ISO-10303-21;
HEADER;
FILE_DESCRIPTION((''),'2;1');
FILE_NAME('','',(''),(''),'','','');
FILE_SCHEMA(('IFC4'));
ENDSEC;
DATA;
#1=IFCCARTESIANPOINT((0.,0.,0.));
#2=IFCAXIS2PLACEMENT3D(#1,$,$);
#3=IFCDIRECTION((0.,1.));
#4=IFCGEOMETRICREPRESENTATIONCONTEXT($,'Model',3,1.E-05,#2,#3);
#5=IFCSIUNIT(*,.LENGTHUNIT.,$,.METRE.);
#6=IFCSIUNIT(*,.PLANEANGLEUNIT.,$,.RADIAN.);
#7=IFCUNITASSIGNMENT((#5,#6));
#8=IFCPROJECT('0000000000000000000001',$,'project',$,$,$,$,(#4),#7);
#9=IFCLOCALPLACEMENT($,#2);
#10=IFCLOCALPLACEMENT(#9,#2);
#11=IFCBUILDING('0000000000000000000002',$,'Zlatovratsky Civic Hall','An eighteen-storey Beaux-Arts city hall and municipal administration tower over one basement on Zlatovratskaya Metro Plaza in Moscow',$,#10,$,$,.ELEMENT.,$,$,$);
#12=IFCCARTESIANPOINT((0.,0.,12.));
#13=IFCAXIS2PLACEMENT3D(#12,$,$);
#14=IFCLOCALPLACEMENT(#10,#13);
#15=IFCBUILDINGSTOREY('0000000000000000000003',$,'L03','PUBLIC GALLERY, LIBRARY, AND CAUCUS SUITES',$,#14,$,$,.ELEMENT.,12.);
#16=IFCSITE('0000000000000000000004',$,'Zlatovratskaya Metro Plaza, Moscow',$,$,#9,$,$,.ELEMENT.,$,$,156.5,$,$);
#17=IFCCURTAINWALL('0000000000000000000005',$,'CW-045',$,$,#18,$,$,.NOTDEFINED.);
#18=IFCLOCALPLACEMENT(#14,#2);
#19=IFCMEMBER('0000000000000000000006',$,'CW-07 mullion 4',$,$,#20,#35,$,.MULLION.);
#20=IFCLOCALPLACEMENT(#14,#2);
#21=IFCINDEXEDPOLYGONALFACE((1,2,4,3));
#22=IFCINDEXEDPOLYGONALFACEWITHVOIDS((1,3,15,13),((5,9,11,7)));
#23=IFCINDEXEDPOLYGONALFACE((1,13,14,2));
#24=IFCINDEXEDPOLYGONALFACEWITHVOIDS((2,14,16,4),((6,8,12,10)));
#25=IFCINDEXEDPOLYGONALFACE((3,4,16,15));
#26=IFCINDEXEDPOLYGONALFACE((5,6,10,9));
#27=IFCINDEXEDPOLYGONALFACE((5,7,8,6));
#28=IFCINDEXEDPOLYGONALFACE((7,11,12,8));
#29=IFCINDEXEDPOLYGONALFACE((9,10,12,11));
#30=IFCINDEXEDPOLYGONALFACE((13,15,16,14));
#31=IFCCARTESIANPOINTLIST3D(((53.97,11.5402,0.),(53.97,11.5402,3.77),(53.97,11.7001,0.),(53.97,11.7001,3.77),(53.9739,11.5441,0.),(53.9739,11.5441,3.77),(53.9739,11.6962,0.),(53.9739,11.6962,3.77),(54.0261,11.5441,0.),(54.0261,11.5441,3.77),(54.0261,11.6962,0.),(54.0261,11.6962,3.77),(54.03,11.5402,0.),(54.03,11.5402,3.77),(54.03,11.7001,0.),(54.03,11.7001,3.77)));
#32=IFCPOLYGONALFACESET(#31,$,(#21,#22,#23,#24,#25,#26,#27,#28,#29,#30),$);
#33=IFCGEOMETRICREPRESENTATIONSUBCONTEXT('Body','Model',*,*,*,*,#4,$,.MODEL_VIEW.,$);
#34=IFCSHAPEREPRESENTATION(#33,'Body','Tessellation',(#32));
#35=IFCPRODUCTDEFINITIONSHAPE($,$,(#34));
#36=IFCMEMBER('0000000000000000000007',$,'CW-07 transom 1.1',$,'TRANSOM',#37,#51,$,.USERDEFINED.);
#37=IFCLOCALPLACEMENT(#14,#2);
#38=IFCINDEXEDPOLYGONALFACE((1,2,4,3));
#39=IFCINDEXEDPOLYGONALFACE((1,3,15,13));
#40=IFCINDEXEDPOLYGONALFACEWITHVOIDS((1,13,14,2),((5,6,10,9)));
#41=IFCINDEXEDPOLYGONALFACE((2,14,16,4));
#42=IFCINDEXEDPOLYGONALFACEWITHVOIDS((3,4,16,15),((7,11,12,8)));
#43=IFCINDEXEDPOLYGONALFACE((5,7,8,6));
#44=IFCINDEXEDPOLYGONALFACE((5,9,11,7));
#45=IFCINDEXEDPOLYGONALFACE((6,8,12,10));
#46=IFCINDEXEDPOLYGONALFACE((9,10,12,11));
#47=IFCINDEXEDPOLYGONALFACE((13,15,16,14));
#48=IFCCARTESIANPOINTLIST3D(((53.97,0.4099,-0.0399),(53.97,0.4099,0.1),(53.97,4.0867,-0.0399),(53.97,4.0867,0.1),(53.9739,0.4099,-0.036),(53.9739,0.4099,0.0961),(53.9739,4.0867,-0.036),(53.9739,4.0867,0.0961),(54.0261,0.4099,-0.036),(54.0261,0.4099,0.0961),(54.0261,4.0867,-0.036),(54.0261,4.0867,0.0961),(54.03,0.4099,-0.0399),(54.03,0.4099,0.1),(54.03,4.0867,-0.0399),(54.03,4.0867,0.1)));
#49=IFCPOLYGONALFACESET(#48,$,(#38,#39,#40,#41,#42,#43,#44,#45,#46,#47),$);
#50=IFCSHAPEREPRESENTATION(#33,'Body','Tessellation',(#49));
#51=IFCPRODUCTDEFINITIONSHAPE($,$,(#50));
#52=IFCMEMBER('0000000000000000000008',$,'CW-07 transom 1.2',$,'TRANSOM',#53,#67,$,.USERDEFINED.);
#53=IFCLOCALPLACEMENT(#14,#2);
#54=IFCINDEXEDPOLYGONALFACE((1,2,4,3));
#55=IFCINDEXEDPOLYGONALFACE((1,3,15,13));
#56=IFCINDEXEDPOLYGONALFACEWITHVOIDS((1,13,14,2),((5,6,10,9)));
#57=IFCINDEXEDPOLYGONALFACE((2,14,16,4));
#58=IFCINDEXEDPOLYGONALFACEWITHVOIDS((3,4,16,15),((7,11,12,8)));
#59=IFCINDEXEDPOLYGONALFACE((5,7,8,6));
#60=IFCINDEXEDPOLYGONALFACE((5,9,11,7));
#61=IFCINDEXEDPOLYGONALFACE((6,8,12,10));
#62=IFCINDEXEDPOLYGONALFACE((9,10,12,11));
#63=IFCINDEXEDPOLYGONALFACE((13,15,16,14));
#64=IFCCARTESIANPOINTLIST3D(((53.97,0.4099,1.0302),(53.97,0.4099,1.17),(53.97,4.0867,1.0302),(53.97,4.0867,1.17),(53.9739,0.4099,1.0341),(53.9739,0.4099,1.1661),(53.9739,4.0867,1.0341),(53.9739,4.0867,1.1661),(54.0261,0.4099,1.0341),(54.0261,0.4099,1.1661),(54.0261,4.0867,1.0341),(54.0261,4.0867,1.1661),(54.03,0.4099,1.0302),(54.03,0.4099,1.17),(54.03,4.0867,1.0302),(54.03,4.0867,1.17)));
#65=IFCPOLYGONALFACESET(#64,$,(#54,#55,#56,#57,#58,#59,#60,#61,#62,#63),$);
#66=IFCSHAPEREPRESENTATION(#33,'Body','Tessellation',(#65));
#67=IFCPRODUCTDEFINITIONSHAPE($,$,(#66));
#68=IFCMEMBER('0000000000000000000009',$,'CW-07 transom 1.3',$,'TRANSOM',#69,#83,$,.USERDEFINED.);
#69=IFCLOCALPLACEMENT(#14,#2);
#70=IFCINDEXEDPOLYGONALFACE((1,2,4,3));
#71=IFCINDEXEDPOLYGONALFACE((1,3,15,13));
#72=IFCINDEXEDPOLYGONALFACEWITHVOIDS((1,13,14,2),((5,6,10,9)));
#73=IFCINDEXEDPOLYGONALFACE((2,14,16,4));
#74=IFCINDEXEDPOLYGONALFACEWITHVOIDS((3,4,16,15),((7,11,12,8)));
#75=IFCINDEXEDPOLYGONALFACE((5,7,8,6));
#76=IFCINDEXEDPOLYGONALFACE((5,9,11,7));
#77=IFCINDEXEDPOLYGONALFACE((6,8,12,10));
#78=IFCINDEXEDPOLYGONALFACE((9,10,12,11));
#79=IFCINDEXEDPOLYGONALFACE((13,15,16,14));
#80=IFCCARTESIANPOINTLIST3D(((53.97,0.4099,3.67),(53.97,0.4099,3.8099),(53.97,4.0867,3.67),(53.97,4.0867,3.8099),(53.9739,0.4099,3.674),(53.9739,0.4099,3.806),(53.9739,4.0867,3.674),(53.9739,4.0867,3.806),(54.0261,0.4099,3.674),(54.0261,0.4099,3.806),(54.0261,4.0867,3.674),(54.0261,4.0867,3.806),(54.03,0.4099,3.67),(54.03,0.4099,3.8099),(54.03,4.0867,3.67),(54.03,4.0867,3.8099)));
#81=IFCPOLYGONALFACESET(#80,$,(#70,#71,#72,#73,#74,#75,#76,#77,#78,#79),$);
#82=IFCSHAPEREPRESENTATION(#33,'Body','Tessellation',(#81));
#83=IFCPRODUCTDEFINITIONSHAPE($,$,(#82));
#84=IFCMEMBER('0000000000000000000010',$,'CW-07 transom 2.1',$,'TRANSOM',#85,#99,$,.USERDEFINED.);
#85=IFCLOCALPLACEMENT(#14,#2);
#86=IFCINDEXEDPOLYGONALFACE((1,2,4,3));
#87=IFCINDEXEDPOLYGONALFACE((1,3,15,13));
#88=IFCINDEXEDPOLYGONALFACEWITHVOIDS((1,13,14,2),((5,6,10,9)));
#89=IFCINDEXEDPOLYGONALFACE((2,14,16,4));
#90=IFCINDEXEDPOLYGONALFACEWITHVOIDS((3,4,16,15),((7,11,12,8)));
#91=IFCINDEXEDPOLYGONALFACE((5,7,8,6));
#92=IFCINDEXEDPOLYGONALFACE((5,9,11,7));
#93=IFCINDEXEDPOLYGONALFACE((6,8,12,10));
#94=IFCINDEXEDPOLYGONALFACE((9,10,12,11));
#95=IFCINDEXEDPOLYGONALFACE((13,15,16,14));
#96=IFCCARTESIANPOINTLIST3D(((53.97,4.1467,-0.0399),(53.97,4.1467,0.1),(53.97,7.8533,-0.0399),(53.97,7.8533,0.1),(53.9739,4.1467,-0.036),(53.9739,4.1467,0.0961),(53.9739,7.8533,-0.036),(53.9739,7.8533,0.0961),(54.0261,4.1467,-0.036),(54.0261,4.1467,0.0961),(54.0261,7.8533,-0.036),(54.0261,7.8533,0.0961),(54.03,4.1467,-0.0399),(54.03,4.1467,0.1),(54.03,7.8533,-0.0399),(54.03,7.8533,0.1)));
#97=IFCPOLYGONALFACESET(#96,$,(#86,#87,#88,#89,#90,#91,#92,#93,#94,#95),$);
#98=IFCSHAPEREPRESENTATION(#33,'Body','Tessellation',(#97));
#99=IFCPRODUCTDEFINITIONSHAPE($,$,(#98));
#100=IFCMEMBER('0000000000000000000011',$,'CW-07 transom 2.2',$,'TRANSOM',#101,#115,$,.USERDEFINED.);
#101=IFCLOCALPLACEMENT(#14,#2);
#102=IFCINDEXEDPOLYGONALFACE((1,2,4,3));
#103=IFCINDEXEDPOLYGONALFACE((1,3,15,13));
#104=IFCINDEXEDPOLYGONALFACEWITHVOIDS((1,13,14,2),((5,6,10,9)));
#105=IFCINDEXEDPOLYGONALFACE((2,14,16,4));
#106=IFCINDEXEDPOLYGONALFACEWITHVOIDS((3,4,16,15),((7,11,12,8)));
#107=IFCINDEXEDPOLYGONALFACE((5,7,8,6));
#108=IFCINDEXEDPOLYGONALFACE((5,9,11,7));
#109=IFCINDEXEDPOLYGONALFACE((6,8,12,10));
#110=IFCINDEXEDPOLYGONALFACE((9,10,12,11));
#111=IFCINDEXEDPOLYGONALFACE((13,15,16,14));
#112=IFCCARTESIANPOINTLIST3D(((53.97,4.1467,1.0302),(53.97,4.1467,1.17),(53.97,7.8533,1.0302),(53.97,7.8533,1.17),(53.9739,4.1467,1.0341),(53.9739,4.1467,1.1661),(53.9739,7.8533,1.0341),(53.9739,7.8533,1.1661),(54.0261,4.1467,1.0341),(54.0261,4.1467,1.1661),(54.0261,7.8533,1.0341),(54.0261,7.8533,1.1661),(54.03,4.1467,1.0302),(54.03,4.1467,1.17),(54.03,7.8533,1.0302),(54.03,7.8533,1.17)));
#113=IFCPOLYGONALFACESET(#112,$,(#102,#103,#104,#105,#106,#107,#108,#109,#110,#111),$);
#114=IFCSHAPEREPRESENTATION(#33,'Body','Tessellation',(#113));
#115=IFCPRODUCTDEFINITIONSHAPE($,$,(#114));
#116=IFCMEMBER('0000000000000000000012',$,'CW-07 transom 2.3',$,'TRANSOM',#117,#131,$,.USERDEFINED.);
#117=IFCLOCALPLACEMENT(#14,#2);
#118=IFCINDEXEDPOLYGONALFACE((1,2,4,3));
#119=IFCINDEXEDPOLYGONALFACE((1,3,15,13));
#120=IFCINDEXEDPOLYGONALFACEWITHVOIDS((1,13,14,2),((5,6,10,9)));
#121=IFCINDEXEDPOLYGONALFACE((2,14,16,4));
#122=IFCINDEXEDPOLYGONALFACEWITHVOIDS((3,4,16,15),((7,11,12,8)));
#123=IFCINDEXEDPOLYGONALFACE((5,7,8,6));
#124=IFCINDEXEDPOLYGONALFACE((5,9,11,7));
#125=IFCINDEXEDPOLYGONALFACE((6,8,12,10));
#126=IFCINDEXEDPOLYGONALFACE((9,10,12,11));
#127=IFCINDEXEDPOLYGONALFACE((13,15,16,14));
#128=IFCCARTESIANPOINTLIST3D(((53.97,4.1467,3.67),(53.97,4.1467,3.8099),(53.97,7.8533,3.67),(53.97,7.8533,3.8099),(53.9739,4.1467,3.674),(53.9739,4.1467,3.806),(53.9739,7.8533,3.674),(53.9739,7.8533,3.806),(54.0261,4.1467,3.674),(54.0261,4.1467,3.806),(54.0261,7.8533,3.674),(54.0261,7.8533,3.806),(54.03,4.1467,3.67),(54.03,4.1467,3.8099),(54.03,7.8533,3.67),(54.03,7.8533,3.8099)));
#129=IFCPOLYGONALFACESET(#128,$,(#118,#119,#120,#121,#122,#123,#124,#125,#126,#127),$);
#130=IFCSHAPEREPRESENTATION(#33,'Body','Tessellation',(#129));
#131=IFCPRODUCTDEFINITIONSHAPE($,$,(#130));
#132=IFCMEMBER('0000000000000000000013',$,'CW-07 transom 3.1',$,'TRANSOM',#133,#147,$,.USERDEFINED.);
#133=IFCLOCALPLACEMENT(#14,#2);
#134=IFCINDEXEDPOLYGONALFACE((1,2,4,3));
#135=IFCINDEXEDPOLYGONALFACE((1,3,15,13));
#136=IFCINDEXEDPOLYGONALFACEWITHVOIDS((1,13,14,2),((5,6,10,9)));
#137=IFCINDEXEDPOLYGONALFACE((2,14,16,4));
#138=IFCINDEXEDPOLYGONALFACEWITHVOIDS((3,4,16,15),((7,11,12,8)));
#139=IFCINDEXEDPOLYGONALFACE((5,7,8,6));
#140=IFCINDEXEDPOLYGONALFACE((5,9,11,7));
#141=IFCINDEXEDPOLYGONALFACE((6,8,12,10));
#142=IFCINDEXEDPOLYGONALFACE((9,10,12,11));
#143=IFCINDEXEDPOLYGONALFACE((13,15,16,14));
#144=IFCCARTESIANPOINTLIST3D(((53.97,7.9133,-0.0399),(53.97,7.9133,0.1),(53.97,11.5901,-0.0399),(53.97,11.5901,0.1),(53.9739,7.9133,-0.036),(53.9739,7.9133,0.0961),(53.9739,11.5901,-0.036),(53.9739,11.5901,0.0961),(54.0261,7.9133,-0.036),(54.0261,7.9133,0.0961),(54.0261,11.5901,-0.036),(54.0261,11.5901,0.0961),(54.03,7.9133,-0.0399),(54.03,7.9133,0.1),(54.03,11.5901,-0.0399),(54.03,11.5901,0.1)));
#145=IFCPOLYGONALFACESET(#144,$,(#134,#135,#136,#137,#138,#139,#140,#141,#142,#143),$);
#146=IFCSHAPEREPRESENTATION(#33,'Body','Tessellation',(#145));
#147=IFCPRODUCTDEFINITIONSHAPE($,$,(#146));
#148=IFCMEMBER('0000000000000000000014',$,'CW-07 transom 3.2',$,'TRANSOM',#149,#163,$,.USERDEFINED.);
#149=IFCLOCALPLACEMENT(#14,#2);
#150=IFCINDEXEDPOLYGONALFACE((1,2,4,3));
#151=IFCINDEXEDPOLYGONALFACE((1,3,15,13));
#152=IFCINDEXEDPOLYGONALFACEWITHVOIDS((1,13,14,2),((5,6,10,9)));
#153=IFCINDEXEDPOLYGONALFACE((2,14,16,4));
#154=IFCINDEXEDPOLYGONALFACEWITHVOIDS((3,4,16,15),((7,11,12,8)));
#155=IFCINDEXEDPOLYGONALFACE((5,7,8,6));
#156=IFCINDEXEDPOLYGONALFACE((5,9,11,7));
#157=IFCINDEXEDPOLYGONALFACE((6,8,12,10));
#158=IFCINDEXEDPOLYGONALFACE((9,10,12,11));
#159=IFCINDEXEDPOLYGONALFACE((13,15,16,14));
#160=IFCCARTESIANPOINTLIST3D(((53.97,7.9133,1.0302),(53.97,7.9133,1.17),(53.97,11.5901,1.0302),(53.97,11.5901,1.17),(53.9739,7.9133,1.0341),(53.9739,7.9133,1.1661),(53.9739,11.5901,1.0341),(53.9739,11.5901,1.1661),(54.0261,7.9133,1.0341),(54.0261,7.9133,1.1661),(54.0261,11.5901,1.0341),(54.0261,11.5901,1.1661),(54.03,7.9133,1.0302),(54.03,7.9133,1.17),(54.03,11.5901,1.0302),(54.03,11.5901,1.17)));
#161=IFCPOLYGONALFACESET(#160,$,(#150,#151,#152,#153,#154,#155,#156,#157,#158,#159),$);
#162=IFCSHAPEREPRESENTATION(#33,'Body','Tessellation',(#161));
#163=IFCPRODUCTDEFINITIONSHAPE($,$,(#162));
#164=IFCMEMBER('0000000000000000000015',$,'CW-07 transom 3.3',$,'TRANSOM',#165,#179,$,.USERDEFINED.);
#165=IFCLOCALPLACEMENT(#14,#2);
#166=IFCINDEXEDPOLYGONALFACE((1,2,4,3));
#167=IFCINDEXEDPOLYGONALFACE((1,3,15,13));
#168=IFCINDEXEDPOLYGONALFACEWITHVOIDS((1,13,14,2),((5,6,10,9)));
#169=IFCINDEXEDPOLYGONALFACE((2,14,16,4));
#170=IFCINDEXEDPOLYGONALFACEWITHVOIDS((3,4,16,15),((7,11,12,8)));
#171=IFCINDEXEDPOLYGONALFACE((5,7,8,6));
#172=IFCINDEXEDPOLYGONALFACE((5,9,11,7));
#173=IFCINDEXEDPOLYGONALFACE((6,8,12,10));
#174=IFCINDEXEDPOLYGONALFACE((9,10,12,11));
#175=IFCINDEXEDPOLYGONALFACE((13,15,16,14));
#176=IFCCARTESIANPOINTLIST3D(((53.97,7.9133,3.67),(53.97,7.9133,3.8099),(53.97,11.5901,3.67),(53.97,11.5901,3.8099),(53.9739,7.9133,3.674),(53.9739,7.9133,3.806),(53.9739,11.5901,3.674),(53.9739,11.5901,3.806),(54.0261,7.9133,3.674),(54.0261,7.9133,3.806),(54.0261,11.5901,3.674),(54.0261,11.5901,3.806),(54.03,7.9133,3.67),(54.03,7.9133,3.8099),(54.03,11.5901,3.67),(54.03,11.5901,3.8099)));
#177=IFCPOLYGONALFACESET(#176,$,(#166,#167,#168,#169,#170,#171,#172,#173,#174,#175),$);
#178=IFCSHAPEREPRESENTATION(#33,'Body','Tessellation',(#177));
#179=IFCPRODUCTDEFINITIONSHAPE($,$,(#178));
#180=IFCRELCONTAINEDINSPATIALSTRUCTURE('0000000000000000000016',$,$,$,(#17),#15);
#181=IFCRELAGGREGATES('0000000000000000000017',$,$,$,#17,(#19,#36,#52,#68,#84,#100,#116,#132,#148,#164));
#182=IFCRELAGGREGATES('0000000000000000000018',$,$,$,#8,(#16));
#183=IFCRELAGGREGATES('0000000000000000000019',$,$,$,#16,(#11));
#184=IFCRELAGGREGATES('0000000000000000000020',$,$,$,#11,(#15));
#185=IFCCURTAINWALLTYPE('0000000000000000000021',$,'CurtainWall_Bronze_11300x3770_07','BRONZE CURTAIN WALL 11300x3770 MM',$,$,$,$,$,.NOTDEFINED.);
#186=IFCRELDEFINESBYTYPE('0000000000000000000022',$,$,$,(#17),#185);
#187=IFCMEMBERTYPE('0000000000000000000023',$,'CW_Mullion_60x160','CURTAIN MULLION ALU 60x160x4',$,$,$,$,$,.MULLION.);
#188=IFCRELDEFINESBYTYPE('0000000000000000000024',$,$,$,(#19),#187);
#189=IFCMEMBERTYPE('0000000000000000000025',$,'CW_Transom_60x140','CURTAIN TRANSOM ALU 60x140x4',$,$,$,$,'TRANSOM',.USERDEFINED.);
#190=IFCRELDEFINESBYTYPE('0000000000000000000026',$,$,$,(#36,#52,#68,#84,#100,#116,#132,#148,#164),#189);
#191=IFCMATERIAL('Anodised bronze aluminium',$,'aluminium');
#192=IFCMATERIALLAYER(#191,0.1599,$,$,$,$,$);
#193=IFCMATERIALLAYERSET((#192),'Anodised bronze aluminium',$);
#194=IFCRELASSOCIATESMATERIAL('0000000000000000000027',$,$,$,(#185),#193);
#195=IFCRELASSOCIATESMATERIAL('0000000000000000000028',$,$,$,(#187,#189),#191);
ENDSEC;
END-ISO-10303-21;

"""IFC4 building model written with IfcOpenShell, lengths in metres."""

from ifc_helpers import new_model, si_unit, direction, frame, origin, origin_2d, place, context, subcontext, project, spatial, hollow_rectangle, extrude, material, layer, layer_set, material_profile, profile_set, type_object, element, aggregate, save


model = new_model("IFC4")

# Units and contexts
model_context = context("Model", 3, precision=1e-05, world=origin(), true_north=direction((0.0, 1.0)))
body_context = subcontext(model_context, "Body", "Model", "MODEL_VIEW")
ifc_project = project(units=[si_unit("LENGTHUNIT", "METRE"), si_unit("PLANEANGLEUNIT", "RADIAN")], contexts=[model_context])

# Site, building, storey
site_placement = place(None, origin())
site = spatial("IfcSite", under=ifc_project, at=site_placement, Name="Zlatovratskaya Metro Plaza, Moscow", CompositionType="ELEMENT", RefElevation=156.5)
building_placement = place(site_placement, origin())
building = spatial("IfcBuilding", under=site, at=building_placement, Name="Zlatovratsky Civic Hall", Description="An eighteen-storey Beaux-Arts city hall and municipal administration tower over one basement on Zlatovratskaya Metro Plaza in Moscow", CompositionType="ELEMENT")
storey_placement = place(building_placement, frame((0.0, 0.0, 12.0)))
storey = spatial("IfcBuildingStorey", under=building, at=storey_placement, Name="L03", Description="PUBLIC GALLERY, LIBRARY, AND CAUCUS SUITES", CompositionType="ELEMENT", Elevation=12.0)

# Curtain wall, members
ifc_material_1 = material(Name="Anodised bronze aluminium", Category="aluminium")
ifc_layer_1 = layer(ifc_material_1, 0.1599)
ifc_layer_set_1 = layer_set([ifc_layer_1], Name="Anodised bronze aluminium")
curtain_wall_type = type_object("IfcCurtainWallType", Name="CurtainWall_Bronze_11300x3770_07", Description="BRONZE CURTAIN WALL 11300x3770 MM", PredefinedType="NOTDEFINED", material=ifc_layer_set_1)
curtain_wall_placement = place(storey_placement, origin())
curtain_wall = element("IfcCurtainWall", 1, at=curtain_wall_placement, inside=storey, type_object=curtain_wall_type, Name="CW-045", PredefinedType="NOTDEFINED")
ifc_material_profile_1 = material_profile(ifc_material_1, hollow_rectangle(XDim=0.0601, YDim=0.1599, WallThickness=0.0039, at=origin_2d()), Name="ALU 60x160x4")
ifc_profile_set_1 = profile_set([ifc_material_profile_1], Name="Anodised bronze aluminium")
member_type_1 = type_object("IfcMemberType", Name="CW_Mullion_60x160", Description="CURTAIN MULLION ALU 60x160x4", PredefinedType="MULLION", material=ifc_profile_set_1)
member_1_placement = place(storey_placement, frame((54.0, 11.6201, 0.0), z_axis=(0.0, 0.0, 1.0), x_axis=(-1.0, 0.0, 0.0)))
member_1 = element("IfcMember", 2, at=member_1_placement, type_object=member_type_1, Name="CW-07 mullion 4", PredefinedType="MULLION", context=body_context, shape_type="SweptSolid", body=[
    extrude(hollow_rectangle(XDim=0.0601, YDim=0.1599, WallThickness=0.0039, at=origin_2d()), origin(), (0.0, 0.0, 1.0), 3.77),
])
ifc_material_profile_2 = material_profile(ifc_material_1, hollow_rectangle(XDim=0.0601, YDim=0.1399, WallThickness=0.0039, at=origin_2d()), Name="ALU 60x140x4")
ifc_profile_set_2 = profile_set([ifc_material_profile_2], Name="Anodised bronze aluminium")
member_type_2 = type_object("IfcMemberType", Name="CW_Transom_60x140", Description="CURTAIN TRANSOM ALU 60x140x4", ElementType="TRANSOM", PredefinedType="USERDEFINED", material=ifc_profile_set_2)
member_2_placement = place(storey_placement, frame((54.0, 0.4099, 0.03), z_axis=(0.0, 1.0, 0.0), x_axis=(-1.0, 0.0, 0.0)))
member_2 = element("IfcMember", 3, at=member_2_placement, type_object=member_type_2, Name="CW-07 transom 1.1", ObjectType="TRANSOM", PredefinedType="USERDEFINED", context=body_context, shape_type="SweptSolid", body=[
    extrude(hollow_rectangle(XDim=0.0601, YDim=0.1399, WallThickness=0.0039, at=origin_2d()), origin(), (0.0, 0.0, 1.0), 3.6768),
])
member_3_placement = place(storey_placement, frame((54.0, 0.4099, 1.1001), z_axis=(0.0, 1.0, 0.0), x_axis=(-1.0, 0.0, 0.0)))
member_3 = element("IfcMember", 4, at=member_3_placement, type_object=member_type_2, Name="CW-07 transom 1.2", ObjectType="TRANSOM", PredefinedType="USERDEFINED", context=body_context, shape_type="SweptSolid", body=[
    extrude(hollow_rectangle(XDim=0.0601, YDim=0.1399, WallThickness=0.0039, at=origin_2d()), origin(), (0.0, 0.0, 1.0), 3.6768),
])
member_4_placement = place(storey_placement, frame((54.0, 0.4099, 3.74), z_axis=(0.0, 1.0, 0.0), x_axis=(-1.0, 0.0, 0.0)))
member_4 = element("IfcMember", 5, at=member_4_placement, type_object=member_type_2, Name="CW-07 transom 1.3", ObjectType="TRANSOM", PredefinedType="USERDEFINED", context=body_context, shape_type="SweptSolid", body=[
    extrude(hollow_rectangle(XDim=0.0601, YDim=0.1399, WallThickness=0.0039, at=origin_2d()), origin(), (0.0, 0.0, 1.0), 3.6768),
])
member_5_placement = place(storey_placement, frame((54.0, 4.1467, 0.03), z_axis=(0.0, 1.0, 0.0), x_axis=(-1.0, 0.0, 0.0)))
member_5 = element("IfcMember", 6, at=member_5_placement, type_object=member_type_2, Name="CW-07 transom 2.1", ObjectType="TRANSOM", PredefinedType="USERDEFINED", context=body_context, shape_type="SweptSolid", body=[
    extrude(hollow_rectangle(XDim=0.0601, YDim=0.1399, WallThickness=0.0039, at=origin_2d()), origin(), (0.0, 0.0, 1.0), 3.7065),
])
member_6_placement = place(storey_placement, frame((54.0, 4.1467, 1.1001), z_axis=(0.0, 1.0, 0.0), x_axis=(-1.0, 0.0, 0.0)))
member_6 = element("IfcMember", 7, at=member_6_placement, type_object=member_type_2, Name="CW-07 transom 2.2", ObjectType="TRANSOM", PredefinedType="USERDEFINED", context=body_context, shape_type="SweptSolid", body=[
    extrude(hollow_rectangle(XDim=0.0601, YDim=0.1399, WallThickness=0.0039, at=origin_2d()), origin(), (0.0, 0.0, 1.0), 3.7065),
])
member_7_placement = place(storey_placement, frame((54.0, 4.1467, 3.74), z_axis=(0.0, 1.0, 0.0), x_axis=(-1.0, 0.0, 0.0)))
member_7 = element("IfcMember", 8, at=member_7_placement, type_object=member_type_2, Name="CW-07 transom 2.3", ObjectType="TRANSOM", PredefinedType="USERDEFINED", context=body_context, shape_type="SweptSolid", body=[
    extrude(hollow_rectangle(XDim=0.0601, YDim=0.1399, WallThickness=0.0039, at=origin_2d()), origin(), (0.0, 0.0, 1.0), 3.7065),
])
member_8_placement = place(storey_placement, frame((54.0, 7.9133, 0.03), z_axis=(0.0, 1.0, 0.0), x_axis=(-1.0, 0.0, 0.0)))
member_8 = element("IfcMember", 9, at=member_8_placement, type_object=member_type_2, Name="CW-07 transom 3.1", ObjectType="TRANSOM", PredefinedType="USERDEFINED", context=body_context, shape_type="SweptSolid", body=[
    extrude(hollow_rectangle(XDim=0.0601, YDim=0.1399, WallThickness=0.0039, at=origin_2d()), origin(), (0.0, 0.0, 1.0), 3.6768),
])
member_9_placement = place(storey_placement, frame((54.0, 7.9133, 1.1001), z_axis=(0.0, 1.0, 0.0), x_axis=(-1.0, 0.0, 0.0)))
member_9 = element("IfcMember", 10, at=member_9_placement, type_object=member_type_2, Name="CW-07 transom 3.2", ObjectType="TRANSOM", PredefinedType="USERDEFINED", context=body_context, shape_type="SweptSolid", body=[
    extrude(hollow_rectangle(XDim=0.0601, YDim=0.1399, WallThickness=0.0039, at=origin_2d()), origin(), (0.0, 0.0, 1.0), 3.6768),
])
member_10_placement = place(storey_placement, frame((54.0, 7.9133, 3.74), z_axis=(0.0, 1.0, 0.0), x_axis=(-1.0, 0.0, 0.0)))
member_10 = element("IfcMember", 11, at=member_10_placement, type_object=member_type_2, Name="CW-07 transom 3.3", ObjectType="TRANSOM", PredefinedType="USERDEFINED", context=body_context, shape_type="SweptSolid", body=[
    extrude(hollow_rectangle(XDim=0.0601, YDim=0.1399, WallThickness=0.0039, at=origin_2d()), origin(), (0.0, 0.0, 1.0), 3.6768),
])

aggregate(curtain_wall, [member_1, member_2, member_3, member_4, member_5, member_6, member_7, member_8, member_9, member_10])

save(model, "model.ifc")
